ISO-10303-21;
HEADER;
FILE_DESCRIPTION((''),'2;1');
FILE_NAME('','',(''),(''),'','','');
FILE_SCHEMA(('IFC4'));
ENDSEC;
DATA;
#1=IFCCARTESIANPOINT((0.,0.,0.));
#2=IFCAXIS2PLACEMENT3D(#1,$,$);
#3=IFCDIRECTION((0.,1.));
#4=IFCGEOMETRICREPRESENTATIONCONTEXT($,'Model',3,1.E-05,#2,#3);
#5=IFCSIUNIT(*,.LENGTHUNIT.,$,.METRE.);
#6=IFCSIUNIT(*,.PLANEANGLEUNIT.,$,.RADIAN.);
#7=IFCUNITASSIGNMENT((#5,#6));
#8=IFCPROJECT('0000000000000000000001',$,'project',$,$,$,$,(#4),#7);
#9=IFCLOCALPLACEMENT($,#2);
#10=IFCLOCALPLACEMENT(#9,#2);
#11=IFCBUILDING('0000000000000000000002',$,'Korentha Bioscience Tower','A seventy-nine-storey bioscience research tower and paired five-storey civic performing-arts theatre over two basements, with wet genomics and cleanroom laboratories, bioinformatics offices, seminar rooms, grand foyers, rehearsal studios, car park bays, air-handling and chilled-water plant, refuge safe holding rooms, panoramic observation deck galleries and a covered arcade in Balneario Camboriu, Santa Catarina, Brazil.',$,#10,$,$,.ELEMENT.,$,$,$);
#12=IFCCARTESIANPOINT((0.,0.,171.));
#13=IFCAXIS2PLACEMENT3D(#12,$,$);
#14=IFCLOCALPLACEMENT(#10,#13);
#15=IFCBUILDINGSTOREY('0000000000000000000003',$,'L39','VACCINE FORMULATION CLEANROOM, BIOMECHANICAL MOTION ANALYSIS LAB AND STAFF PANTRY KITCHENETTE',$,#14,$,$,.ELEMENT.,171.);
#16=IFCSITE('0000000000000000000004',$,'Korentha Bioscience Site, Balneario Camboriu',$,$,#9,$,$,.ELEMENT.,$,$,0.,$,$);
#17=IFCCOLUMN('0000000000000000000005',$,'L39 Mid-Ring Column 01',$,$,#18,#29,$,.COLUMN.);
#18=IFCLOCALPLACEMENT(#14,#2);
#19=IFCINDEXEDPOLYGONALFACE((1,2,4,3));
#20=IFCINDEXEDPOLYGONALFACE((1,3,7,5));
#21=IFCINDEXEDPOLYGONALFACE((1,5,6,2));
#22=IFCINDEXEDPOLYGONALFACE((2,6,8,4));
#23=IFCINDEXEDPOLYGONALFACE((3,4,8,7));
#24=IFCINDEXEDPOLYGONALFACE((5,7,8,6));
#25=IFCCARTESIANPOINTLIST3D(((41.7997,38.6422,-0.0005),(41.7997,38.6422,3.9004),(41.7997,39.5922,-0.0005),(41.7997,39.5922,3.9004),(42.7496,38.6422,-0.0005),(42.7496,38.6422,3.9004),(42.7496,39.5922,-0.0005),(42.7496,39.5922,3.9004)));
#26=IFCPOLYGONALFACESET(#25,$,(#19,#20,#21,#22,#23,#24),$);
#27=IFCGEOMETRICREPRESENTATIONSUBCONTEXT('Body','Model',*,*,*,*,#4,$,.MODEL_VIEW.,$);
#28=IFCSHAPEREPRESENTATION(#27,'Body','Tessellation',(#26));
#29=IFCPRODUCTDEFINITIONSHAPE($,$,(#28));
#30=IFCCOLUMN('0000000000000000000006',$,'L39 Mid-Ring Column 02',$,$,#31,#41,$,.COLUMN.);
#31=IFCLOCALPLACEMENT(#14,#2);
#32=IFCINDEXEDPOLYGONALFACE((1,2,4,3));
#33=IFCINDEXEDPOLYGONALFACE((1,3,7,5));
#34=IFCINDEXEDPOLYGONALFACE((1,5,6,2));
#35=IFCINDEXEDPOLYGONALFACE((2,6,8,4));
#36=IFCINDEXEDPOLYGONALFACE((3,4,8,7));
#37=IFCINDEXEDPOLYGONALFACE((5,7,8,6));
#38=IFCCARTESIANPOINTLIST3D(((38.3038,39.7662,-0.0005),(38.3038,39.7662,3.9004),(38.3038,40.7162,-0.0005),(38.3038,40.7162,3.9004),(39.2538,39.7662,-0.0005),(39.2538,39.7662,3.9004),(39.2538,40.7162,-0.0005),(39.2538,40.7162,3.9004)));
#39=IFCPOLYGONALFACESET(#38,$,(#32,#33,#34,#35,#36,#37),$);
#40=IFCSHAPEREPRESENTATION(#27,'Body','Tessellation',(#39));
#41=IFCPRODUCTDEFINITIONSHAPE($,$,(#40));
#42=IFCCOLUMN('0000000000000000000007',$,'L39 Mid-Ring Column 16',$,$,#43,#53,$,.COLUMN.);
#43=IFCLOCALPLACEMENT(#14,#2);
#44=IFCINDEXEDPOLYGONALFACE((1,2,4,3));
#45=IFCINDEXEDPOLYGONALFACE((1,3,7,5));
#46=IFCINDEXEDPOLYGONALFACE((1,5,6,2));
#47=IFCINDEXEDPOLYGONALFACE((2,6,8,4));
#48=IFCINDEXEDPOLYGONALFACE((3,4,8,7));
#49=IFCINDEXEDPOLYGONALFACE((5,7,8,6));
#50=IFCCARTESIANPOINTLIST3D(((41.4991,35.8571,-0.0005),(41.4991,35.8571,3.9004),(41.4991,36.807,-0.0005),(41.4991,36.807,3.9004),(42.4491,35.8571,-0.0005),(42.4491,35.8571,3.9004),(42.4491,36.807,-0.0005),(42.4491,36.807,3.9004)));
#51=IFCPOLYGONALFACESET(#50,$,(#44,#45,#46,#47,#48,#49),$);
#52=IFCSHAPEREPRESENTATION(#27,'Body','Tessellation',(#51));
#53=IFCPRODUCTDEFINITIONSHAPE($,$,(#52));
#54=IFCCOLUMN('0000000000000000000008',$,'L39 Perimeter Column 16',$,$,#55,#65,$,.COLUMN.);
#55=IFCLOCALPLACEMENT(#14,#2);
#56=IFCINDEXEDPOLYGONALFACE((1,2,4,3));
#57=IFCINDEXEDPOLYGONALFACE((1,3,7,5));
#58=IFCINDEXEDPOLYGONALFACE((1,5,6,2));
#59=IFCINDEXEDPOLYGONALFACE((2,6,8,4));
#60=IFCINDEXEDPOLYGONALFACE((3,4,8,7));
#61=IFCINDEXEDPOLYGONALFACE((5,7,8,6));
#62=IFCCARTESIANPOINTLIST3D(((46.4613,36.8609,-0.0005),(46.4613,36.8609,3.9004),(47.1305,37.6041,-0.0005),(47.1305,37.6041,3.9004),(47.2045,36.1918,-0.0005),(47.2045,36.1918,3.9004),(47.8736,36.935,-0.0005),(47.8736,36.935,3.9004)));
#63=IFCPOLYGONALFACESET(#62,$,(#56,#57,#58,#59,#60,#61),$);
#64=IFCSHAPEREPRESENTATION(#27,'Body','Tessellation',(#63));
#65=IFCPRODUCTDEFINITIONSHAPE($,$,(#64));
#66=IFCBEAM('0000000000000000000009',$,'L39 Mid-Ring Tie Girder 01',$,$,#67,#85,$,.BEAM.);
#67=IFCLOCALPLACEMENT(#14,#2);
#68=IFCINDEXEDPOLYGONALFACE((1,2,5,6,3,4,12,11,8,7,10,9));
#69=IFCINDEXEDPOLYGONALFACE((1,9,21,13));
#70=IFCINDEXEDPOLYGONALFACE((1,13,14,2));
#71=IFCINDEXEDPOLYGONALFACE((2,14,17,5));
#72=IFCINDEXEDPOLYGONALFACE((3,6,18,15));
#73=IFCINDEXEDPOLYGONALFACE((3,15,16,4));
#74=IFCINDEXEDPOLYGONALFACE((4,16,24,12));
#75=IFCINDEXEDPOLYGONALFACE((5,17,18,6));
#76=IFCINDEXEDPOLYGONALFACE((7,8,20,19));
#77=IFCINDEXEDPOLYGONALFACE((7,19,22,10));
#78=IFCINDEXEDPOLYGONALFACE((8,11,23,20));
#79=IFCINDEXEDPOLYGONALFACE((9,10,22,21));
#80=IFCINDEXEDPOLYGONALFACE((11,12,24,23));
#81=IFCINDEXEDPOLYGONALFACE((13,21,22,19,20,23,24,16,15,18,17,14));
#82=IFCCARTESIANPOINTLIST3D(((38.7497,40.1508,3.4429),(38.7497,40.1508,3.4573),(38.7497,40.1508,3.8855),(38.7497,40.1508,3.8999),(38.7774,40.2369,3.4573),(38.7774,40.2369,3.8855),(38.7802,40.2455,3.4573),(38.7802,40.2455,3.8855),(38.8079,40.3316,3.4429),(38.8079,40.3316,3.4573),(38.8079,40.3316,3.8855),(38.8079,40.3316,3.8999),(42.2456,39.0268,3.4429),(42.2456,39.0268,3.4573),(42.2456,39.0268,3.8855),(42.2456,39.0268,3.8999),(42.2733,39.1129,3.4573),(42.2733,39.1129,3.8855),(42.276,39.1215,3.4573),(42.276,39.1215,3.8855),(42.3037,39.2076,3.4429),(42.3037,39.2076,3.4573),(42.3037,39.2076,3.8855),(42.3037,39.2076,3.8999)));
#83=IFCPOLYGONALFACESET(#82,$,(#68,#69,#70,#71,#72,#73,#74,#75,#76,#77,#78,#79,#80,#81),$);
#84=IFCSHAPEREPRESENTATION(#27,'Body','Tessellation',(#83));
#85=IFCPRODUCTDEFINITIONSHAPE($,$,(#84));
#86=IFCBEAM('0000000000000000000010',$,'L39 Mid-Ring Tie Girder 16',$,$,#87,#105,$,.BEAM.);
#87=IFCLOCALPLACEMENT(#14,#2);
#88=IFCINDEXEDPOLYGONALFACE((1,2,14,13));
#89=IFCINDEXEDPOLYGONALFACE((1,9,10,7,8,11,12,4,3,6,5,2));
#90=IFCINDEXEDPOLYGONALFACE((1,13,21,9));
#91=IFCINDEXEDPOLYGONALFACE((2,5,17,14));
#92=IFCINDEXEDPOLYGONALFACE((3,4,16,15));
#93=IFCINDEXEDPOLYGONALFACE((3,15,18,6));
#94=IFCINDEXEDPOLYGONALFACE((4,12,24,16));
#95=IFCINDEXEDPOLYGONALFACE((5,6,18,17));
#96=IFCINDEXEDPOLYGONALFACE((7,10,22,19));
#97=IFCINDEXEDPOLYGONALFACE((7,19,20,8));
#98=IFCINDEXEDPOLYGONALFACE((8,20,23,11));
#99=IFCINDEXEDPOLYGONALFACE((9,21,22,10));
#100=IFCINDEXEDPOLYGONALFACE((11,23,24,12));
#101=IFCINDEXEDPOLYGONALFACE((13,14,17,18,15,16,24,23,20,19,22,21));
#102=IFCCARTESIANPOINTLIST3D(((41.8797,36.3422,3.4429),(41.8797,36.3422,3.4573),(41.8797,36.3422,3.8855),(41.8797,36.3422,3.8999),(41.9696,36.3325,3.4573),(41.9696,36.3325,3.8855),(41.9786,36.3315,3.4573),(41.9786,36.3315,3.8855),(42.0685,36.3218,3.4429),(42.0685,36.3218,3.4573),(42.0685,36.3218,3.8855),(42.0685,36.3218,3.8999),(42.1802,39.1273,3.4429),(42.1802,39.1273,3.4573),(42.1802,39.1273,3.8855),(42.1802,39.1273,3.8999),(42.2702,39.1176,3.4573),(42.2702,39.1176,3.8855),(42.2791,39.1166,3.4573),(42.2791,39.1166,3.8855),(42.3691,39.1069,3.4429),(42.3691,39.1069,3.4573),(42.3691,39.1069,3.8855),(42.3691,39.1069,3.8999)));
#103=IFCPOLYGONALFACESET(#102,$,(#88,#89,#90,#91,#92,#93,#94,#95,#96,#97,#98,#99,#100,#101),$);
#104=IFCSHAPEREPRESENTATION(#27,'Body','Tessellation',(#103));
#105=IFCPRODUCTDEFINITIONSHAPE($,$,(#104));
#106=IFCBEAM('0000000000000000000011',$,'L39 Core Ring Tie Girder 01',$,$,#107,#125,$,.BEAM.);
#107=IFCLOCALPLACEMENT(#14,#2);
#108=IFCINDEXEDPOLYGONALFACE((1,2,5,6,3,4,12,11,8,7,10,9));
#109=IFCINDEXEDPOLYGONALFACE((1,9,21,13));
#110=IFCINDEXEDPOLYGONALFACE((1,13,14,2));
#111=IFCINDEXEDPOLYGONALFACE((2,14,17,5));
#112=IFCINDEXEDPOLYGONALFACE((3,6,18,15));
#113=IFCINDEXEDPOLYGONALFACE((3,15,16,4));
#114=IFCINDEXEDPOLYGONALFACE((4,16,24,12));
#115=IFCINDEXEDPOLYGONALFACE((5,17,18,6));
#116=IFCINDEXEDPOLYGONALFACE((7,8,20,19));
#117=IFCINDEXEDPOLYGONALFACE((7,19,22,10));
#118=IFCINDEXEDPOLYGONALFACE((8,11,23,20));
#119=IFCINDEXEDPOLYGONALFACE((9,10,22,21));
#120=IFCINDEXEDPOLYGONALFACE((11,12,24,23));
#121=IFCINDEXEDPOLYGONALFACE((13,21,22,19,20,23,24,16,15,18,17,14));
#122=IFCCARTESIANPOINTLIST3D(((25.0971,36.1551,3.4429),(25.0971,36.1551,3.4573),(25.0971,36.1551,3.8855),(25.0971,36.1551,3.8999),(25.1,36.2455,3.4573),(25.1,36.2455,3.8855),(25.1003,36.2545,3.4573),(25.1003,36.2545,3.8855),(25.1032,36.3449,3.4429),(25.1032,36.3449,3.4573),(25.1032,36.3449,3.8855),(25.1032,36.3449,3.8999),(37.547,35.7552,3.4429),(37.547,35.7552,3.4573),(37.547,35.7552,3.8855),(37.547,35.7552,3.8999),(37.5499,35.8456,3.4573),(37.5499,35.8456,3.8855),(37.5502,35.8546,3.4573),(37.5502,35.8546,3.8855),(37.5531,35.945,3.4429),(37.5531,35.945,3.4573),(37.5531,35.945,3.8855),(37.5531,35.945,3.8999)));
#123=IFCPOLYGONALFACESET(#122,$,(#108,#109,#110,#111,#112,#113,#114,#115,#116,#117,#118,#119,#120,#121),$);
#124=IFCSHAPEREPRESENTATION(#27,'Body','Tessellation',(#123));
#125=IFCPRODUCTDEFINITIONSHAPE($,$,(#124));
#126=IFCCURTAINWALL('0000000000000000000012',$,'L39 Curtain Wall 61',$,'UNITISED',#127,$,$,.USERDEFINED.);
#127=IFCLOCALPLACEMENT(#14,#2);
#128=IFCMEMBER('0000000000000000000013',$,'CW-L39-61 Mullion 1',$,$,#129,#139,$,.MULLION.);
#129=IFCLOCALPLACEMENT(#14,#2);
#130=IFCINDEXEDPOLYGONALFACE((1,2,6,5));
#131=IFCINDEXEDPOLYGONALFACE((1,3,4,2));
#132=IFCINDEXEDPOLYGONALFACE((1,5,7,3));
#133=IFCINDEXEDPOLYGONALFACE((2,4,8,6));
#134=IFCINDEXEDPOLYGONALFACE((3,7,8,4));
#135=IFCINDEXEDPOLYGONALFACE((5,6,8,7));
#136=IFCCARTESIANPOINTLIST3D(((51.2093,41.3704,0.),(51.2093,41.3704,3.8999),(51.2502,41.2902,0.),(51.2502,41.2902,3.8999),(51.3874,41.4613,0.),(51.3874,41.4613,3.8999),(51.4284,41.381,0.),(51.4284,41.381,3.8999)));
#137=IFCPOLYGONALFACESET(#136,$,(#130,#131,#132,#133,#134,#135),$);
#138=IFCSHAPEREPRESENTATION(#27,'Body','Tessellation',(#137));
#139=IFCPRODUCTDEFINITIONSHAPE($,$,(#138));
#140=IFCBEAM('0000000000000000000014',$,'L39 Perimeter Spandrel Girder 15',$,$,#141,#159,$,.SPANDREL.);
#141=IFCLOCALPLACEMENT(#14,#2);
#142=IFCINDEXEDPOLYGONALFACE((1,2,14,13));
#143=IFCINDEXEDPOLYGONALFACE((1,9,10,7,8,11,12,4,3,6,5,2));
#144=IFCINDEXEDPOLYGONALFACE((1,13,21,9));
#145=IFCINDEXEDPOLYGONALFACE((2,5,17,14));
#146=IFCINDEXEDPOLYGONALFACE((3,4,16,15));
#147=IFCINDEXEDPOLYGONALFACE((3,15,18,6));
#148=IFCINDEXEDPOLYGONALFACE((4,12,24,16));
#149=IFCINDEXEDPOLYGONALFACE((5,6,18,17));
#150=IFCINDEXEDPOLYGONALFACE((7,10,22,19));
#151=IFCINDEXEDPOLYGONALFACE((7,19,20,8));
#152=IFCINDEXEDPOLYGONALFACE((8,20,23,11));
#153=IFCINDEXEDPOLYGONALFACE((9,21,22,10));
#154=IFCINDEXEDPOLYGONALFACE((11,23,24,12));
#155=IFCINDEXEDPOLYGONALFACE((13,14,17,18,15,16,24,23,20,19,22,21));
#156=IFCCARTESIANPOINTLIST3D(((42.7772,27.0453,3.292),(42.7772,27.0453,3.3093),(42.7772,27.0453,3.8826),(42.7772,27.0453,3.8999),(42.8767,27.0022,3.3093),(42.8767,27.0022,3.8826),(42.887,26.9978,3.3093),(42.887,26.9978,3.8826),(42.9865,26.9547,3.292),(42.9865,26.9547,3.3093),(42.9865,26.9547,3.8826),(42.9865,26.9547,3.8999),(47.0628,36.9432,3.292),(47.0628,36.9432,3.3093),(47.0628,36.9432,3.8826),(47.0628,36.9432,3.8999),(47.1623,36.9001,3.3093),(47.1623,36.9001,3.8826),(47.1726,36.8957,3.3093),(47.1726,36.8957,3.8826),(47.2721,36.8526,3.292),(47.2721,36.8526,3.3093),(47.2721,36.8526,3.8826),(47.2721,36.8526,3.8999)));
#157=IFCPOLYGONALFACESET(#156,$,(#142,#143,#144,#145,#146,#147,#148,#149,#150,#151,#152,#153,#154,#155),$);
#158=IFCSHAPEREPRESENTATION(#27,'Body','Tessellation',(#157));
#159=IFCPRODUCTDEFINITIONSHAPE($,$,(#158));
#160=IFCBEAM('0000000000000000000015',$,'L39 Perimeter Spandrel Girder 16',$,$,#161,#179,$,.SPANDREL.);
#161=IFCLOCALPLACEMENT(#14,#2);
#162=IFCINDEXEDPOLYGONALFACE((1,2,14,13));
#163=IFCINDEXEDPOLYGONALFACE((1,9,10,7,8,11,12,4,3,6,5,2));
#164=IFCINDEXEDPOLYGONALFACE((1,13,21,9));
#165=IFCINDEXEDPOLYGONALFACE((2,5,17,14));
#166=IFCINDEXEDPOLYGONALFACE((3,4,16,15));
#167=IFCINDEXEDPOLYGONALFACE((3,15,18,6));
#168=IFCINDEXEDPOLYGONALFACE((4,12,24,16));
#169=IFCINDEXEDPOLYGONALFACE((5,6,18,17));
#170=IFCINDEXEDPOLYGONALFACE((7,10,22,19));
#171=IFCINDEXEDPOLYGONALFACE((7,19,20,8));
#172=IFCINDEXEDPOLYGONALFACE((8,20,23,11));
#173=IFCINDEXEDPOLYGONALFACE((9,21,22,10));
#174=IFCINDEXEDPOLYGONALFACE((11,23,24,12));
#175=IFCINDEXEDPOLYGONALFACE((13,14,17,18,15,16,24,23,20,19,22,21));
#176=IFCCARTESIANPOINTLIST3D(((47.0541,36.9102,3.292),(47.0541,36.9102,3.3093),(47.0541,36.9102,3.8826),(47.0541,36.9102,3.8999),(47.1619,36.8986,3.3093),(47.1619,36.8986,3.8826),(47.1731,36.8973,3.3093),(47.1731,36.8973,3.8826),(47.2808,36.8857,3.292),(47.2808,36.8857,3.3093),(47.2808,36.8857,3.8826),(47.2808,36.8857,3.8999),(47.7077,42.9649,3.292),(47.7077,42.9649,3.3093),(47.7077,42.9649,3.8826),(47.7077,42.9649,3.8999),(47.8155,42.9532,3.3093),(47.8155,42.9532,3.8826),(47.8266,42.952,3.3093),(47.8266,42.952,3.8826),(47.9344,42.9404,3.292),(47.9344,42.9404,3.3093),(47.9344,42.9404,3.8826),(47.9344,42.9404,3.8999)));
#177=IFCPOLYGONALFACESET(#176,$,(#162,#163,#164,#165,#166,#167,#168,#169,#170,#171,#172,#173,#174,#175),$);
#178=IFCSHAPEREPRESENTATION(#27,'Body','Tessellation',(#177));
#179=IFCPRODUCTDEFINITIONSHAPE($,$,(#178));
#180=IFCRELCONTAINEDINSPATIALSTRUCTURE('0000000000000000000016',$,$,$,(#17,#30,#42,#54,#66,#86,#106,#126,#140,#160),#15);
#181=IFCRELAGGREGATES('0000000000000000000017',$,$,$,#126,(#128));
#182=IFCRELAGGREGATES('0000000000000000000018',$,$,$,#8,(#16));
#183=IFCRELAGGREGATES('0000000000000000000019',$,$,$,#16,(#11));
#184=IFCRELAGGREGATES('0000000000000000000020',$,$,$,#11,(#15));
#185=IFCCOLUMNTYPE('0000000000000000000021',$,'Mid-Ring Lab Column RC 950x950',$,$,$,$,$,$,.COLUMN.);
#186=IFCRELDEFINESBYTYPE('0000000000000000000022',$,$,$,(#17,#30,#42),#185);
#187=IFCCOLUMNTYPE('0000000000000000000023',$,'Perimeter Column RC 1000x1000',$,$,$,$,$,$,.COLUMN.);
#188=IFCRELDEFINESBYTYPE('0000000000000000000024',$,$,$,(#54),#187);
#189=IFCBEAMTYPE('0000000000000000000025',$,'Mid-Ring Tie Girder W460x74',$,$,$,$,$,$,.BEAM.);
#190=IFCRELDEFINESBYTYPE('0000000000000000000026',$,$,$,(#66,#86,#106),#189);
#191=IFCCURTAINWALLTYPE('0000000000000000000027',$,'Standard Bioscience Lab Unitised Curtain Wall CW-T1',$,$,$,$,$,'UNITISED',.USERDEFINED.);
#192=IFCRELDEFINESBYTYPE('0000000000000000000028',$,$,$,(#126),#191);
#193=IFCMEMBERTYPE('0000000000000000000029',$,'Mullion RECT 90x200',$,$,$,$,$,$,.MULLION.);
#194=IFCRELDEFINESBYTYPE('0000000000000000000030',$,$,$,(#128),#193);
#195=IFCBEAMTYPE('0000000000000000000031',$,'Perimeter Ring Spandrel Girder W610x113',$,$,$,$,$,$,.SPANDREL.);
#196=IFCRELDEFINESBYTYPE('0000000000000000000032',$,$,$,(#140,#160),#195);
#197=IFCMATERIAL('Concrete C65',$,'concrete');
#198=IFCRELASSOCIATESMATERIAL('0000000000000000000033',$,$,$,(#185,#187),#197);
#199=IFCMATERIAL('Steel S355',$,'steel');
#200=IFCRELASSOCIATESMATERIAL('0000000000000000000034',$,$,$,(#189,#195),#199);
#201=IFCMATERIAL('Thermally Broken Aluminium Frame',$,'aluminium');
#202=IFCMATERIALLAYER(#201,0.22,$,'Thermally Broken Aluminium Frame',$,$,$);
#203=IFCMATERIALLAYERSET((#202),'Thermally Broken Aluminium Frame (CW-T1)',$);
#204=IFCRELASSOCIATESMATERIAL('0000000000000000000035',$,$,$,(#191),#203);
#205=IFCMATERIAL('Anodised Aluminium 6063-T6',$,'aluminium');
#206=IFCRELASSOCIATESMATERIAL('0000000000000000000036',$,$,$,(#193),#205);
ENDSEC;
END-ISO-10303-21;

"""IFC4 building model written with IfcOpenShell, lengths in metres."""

from ifc_helpers import new_model, si_unit, direction, frame, origin, origin_2d, place, context, subcontext, project, spatial, rectangle, i_section, extrude, material, layer, layer_set, material_profile, profile_set, type_object, element, aggregate, save


model = new_model("IFC4")

# Units and contexts
model_context = context("Model", 3, precision=1e-05, world=origin(), true_north=direction((0.0, 1.0)))
body_context = subcontext(model_context, "Body", "Model", "MODEL_VIEW")
ifc_project = project(units=[si_unit("LENGTHUNIT", "METRE"), si_unit("PLANEANGLEUNIT", "RADIAN")], contexts=[model_context])

# Site, building, storey
site_placement = place(None, origin())
site = spatial("IfcSite", under=ifc_project, at=site_placement, Name="Korentha Bioscience Site, Balneario Camboriu", CompositionType="ELEMENT", RefElevation=0.0)
building_placement = place(site_placement, origin())
building = spatial("IfcBuilding", under=site, at=building_placement, Name="Korentha Bioscience Tower", Description="A seventy-nine-storey bioscience research tower and paired five-storey civic performing-arts theatre over two basements, with wet genomics and cleanroom laboratories, bioinformatics offices, seminar rooms, grand foyers, rehearsal studios, car park bays, air-handling and chilled-water plant, refuge safe holding rooms, panoramic observation deck galleries and a covered arcade in Balneario Camboriu, Santa Catarina, Brazil.", CompositionType="ELEMENT")
storey_placement = place(building_placement, frame((0.0, 0.0, 171.0)))
storey = spatial("IfcBuildingStorey", under=building, at=storey_placement, Name="L39", Description="VACCINE FORMULATION CLEANROOM, BIOMECHANICAL MOTION ANALYSIS LAB AND STAFF PANTRY KITCHENETTE", CompositionType="ELEMENT", Elevation=171.0)

# Columns
ifc_material_1 = material(Name="Concrete C65", Category="concrete")
ifc_material_profile_1 = material_profile(ifc_material_1, rectangle(XDim=0.95, YDim=0.95, at=origin_2d()), Name="Concrete C65")
ifc_profile_set_1 = profile_set([ifc_material_profile_1], Name="Concrete C65 (COL-MR09)")
column_type_1 = type_object("IfcColumnType", Name="Mid-Ring Lab Column RC 950x950", PredefinedType="COLUMN", material=ifc_profile_set_1)
for number, where, z_axis, x_axis, name in (
    (1, (42.2747, 39.1172, -0.0005), (0.0, 0.0, 1.0), (1.0, 0.0, 0.0), "L39 Mid-Ring Column 01"),
    (2, (38.7788, 40.2412, -0.0005), (0.0, 0.0, 1.0), (1.0, 0.0, 0.0), "L39 Mid-Ring Column 02"),
    (3, (41.9741, 36.332, -0.0005), (0.0, 0.0, 1.0), (1.0, 0.0, 0.0), "L39 Mid-Ring Column 16"),
):
    element("IfcColumn", number, at=place(storey_placement, frame(where, z_axis=z_axis, x_axis=x_axis)), inside=storey, type_object=column_type_1, Name=name, PredefinedType="COLUMN", context=body_context, shape_type="SweptSolid", body=[
        extrude(rectangle(XDim=0.95, YDim=0.95, at=origin_2d()), origin(), (0.0, 0.0, 1.0), 3.9009),
    ])
ifc_material_profile_2 = material_profile(ifc_material_1, rectangle(XDim=1.0, YDim=1.0, at=origin_2d()), Name="Concrete C65")
ifc_profile_set_2 = profile_set([ifc_material_profile_2], Name="Concrete C65 (COL-P10)")
column_type_2 = type_object("IfcColumnType", Name="Perimeter Column RC 1000x1000", PredefinedType="COLUMN", material=ifc_profile_set_2)
column_placement = place(storey_placement, frame((47.1675, 36.8979, -0.0005), z_axis=(0.0, 0.0, 1.0), x_axis=(0.669131, 0.743145, 0.0)))
element("IfcColumn", 4, at=column_placement, inside=storey, type_object=column_type_2, Name="L39 Perimeter Column 16", PredefinedType="COLUMN", context=body_context, shape_type="SweptSolid", body=[
    extrude(rectangle(XDim=1.0, YDim=1.0, at=origin_2d()), origin(), (0.0, 0.0, 1.0), 3.9009),
])

# Beams
ifc_material_2 = material(Name="Steel S355", Category="steel")
ifc_material_profile_3 = material_profile(ifc_material_2, i_section(OverallWidth=0.1899, OverallDepth=0.457, WebThickness=0.009, FlangeThickness=0.0144, at=origin_2d()), Name="Steel S355")
ifc_profile_set_3 = profile_set([ifc_material_profile_3], Name="Steel S355 (MB-460)")
beam_type_1 = type_object("IfcBeamType", Name="Mid-Ring Tie Girder W460x74", PredefinedType="BEAM", material=ifc_profile_set_3)
beam_1_placement = place(storey_placement, frame((42.2747, 39.1172, 3.6714), z_axis=(-0.952, 0.306097, 0.0), x_axis=(-0.306097, -0.952, 0.0)))
element("IfcBeam", 5, at=beam_1_placement, inside=storey, type_object=beam_type_1, Name="L39 Mid-Ring Tie Girder 01", PredefinedType="BEAM", context=body_context, shape_type="SweptSolid", body=[
    extrude(i_section(OverallWidth=0.1899, OverallDepth=0.457, WebThickness=0.009, FlangeThickness=0.0144, at=origin_2d()), origin(), (0.0, 0.0, 1.0), 3.6721),
])
beam_2_placement = place(storey_placement, frame((41.9741, 36.332, 3.6714), z_axis=(0.107284, 0.994228, 0.0), x_axis=(-0.994228, 0.107284, 0.0)))
element("IfcBeam", 6, at=beam_2_placement, inside=storey, type_object=beam_type_1, Name="L39 Mid-Ring Tie Girder 16", PredefinedType="BEAM", context=body_context, shape_type="SweptSolid", body=[
    extrude(i_section(OverallWidth=0.1899, OverallDepth=0.457, WebThickness=0.009, FlangeThickness=0.0144, at=origin_2d()), origin(), (0.0, 0.0, 1.0), 2.8013),
])
beam_3_placement = place(storey_placement, frame((37.55, 35.8501, 3.6714), z_axis=(-0.999485, 0.032104, 0.0), x_axis=(-0.032104, -0.999485, 0.0)))
element("IfcBeam", 7, at=beam_3_placement, inside=storey, type_object=beam_type_1, Name="L39 Core Ring Tie Girder 01", PredefinedType="BEAM", context=body_context, shape_type="SweptSolid", body=[
    extrude(i_section(OverallWidth=0.1899, OverallDepth=0.457, WebThickness=0.009, FlangeThickness=0.0144, at=origin_2d()), origin(), (0.0, 0.0, 1.0), 12.4563),
])

# Curtain wall, member
ifc_material_3 = material(Name="Thermally Broken Aluminium Frame", Category="aluminium")
ifc_layer_1 = layer(ifc_material_3, 0.22, Name="Thermally Broken Aluminium Frame")
ifc_layer_set_1 = layer_set([ifc_layer_1], Name="Thermally Broken Aluminium Frame (CW-T1)")
curtain_wall_type = type_object("IfcCurtainWallType", Name="Standard Bioscience Lab Unitised Curtain Wall CW-T1", ElementType="UNITISED", PredefinedType="USERDEFINED", material=ifc_layer_set_1)
curtain_wall_placement = place(storey_placement, origin())
curtain_wall = element("IfcCurtainWall", 8, at=curtain_wall_placement, inside=storey, type_object=curtain_wall_type, Name="L39 Curtain Wall 61", ObjectType="UNITISED", PredefinedType="USERDEFINED")
ifc_material_4 = material(Name="Anodised Aluminium 6063-T6", Category="aluminium")
ifc_material_profile_4 = material_profile(ifc_material_4, rectangle(XDim=0.0901, YDim=0.2, at=origin_2d()), Name="Anodised Aluminium 6063-T6")
ifc_profile_set_4 = profile_set([ifc_material_profile_4], Name="Anodised Aluminium 6063-T6 (CW-MUL)")
member_type_1 = type_object("IfcMemberType", Name="Mullion RECT 90x200", PredefinedType="MULLION", material=ifc_profile_set_4)
member_1_placement = place(storey_placement, frame((51.3188, 41.3757, 0.0), z_axis=(0.0, 0.0, 1.0), x_axis=(-0.454288, 0.890855, 0.0)))
member_1 = element("IfcMember", 9, at=member_1_placement, type_object=member_type_1, Name="CW-L39-61 Mullion 1", PredefinedType="MULLION", context=body_context, shape_type="SweptSolid", body=[
    extrude(rectangle(XDim=0.0901, YDim=0.2, at=origin_2d()), origin(), (0.0, 0.0, 1.0), 3.8999),
])

# Beams
ifc_material_profile_5 = material_profile(ifc_material_2, i_section(OverallWidth=0.228, OverallDepth=0.6079, WebThickness=0.0112, FlangeThickness=0.0173, at=origin_2d()), Name="Steel S355")
ifc_profile_set_5 = profile_set([ifc_material_profile_5], Name="Steel S355 (SB-610)")
beam_type_2 = type_object("IfcBeamType", Name="Perimeter Ring Spandrel Girder W610x113", PredefinedType="SPANDREL", material=ifc_profile_set_5)
beam_4_placement = place(storey_placement, frame((42.8818, 27.0, 3.5959), z_axis=(0.397337, 0.917673, 0.0), x_axis=(-0.917673, 0.397337, 0.0)))
element("IfcBeam", 10, at=beam_4_placement, inside=storey, type_object=beam_type_2, Name="L39 Perimeter Spandrel Girder 15", PredefinedType="SPANDREL", context=body_context, shape_type="SweptSolid", body=[
    extrude(i_section(OverallWidth=0.228, OverallDepth=0.6079, WebThickness=0.0112, FlangeThickness=0.0173, at=origin_2d()), origin(), (0.0, 0.0, 1.0), 10.7859),
])
beam_5_placement = place(storey_placement, frame((47.1675, 36.8979, 3.5959), z_axis=(0.10732, 0.994225, 0.0), x_axis=(-0.994225, 0.10732, 0.0)))
element("IfcBeam", 11, at=beam_5_placement, inside=storey, type_object=beam_type_2, Name="L39 Perimeter Spandrel Girder 16", PredefinedType="SPANDREL", context=body_context, shape_type="SweptSolid", body=[
    extrude(i_section(OverallWidth=0.228, OverallDepth=0.6079, WebThickness=0.0112, FlangeThickness=0.0173, at=origin_2d()), origin(), (0.0, 0.0, 1.0), 6.0898),
])

aggregate(curtain_wall, [member_1])

save(model, "model.ifc")
